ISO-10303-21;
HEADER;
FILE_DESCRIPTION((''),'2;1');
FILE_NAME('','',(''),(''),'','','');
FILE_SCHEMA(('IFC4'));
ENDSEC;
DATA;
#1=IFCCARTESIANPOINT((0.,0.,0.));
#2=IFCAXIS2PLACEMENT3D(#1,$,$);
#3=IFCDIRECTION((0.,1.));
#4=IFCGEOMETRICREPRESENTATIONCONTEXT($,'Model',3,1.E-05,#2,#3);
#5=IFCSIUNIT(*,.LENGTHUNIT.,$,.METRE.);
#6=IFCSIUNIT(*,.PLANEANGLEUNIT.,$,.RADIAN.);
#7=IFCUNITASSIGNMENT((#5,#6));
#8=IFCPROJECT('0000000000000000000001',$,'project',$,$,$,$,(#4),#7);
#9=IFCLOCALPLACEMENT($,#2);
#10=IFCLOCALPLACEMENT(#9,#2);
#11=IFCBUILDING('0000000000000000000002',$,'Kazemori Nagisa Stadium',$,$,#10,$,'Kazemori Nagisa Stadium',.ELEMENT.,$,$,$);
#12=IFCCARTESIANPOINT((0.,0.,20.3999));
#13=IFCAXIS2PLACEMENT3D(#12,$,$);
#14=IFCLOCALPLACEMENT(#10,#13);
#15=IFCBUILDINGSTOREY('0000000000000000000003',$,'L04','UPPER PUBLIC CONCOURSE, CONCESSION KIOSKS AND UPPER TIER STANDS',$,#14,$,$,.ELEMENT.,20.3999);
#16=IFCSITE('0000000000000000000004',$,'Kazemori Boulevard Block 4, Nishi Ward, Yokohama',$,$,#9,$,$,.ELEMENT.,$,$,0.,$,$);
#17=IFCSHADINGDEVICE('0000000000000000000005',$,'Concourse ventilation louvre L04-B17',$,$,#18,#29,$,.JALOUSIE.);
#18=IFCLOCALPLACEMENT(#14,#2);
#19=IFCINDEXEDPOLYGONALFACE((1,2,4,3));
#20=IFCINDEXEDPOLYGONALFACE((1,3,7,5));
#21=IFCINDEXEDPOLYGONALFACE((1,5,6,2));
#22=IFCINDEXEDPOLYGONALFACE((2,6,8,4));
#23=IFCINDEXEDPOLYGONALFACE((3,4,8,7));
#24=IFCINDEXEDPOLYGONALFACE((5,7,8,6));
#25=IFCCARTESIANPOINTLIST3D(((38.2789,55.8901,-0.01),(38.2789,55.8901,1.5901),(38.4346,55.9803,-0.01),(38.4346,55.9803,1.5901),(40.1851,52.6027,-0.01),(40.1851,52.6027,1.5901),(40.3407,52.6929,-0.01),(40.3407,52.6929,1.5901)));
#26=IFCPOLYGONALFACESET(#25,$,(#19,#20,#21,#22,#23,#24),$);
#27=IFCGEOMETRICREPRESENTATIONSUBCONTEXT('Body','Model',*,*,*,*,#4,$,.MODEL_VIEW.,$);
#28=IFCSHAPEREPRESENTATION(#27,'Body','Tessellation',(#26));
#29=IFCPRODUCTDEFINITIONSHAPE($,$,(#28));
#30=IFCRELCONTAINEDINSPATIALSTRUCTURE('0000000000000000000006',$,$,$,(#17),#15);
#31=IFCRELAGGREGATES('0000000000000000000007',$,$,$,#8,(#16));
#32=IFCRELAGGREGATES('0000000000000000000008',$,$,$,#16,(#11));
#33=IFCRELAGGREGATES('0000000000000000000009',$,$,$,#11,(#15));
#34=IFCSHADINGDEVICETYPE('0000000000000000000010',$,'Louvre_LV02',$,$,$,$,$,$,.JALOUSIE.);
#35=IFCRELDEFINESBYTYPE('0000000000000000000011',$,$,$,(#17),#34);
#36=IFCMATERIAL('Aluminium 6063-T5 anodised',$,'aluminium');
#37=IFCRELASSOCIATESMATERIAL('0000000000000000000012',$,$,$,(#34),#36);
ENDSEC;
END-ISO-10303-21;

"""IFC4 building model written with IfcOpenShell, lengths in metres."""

from ifc_helpers import new_model, si_unit, direction, frame, origin, origin_2d, place, context, subcontext, project, spatial, rectangle, extrude, material, type_object, element, save


model = new_model("IFC4")

# Units and contexts
model_context = context("Model", 3, precision=1e-05, world=origin(), true_north=direction((0.0, 1.0)))
body_context = subcontext(model_context, "Body", "Model", "MODEL_VIEW")
ifc_project = project(units=[si_unit("LENGTHUNIT", "METRE"), si_unit("PLANEANGLEUNIT", "RADIAN")], contexts=[model_context])

# Site, building, storey
site_placement = place(None, origin())
site = spatial("IfcSite", under=ifc_project, at=site_placement, Name="Kazemori Boulevard Block 4, Nishi Ward, Yokohama", CompositionType="ELEMENT", RefElevation=0.0)
building_placement = place(site_placement, origin())
building = spatial("IfcBuilding", under=site, at=building_placement, Name="Kazemori Nagisa Stadium", LongName="Kazemori Nagisa Stadium", CompositionType="ELEMENT")
storey_placement = place(building_placement, frame((0.0, 0.0, 20.3999)))
storey = spatial("IfcBuildingStorey", under=building, at=storey_placement, Name="L04", Description="UPPER PUBLIC CONCOURSE, CONCESSION KIOSKS AND UPPER TIER STANDS", CompositionType="ELEMENT", Elevation=20.3999)

# Shared definitions
ifc_material_1 = material(Name="Aluminium 6063-T5 anodised", Category="aluminium")

# Shading device
shading_device_type_1 = type_object("IfcShadingDeviceType", Name="Louvre_LV02", PredefinedType="JALOUSIE", material=ifc_material_1)
shading_device_1_placement = place(storey_placement, frame((39.3098, 54.2915, -0.01), z_axis=(0.0, 0.0, 1.0), x_axis=(0.501612, -0.865093, 0.0)))
element("IfcShadingDevice", 1, at=shading_device_1_placement, inside=storey, type_object=shading_device_type_1, Name="Concourse ventilation louvre L04-B17", PredefinedType="JALOUSIE", context=body_context, shape_type="SweptSolid", body=[
    extrude(rectangle(XDim=3.8, YDim=0.1799, at=origin_2d()), origin(), (0.0, 0.0, 1.0), 1.6001),
])

save(model, "model.ifc")
